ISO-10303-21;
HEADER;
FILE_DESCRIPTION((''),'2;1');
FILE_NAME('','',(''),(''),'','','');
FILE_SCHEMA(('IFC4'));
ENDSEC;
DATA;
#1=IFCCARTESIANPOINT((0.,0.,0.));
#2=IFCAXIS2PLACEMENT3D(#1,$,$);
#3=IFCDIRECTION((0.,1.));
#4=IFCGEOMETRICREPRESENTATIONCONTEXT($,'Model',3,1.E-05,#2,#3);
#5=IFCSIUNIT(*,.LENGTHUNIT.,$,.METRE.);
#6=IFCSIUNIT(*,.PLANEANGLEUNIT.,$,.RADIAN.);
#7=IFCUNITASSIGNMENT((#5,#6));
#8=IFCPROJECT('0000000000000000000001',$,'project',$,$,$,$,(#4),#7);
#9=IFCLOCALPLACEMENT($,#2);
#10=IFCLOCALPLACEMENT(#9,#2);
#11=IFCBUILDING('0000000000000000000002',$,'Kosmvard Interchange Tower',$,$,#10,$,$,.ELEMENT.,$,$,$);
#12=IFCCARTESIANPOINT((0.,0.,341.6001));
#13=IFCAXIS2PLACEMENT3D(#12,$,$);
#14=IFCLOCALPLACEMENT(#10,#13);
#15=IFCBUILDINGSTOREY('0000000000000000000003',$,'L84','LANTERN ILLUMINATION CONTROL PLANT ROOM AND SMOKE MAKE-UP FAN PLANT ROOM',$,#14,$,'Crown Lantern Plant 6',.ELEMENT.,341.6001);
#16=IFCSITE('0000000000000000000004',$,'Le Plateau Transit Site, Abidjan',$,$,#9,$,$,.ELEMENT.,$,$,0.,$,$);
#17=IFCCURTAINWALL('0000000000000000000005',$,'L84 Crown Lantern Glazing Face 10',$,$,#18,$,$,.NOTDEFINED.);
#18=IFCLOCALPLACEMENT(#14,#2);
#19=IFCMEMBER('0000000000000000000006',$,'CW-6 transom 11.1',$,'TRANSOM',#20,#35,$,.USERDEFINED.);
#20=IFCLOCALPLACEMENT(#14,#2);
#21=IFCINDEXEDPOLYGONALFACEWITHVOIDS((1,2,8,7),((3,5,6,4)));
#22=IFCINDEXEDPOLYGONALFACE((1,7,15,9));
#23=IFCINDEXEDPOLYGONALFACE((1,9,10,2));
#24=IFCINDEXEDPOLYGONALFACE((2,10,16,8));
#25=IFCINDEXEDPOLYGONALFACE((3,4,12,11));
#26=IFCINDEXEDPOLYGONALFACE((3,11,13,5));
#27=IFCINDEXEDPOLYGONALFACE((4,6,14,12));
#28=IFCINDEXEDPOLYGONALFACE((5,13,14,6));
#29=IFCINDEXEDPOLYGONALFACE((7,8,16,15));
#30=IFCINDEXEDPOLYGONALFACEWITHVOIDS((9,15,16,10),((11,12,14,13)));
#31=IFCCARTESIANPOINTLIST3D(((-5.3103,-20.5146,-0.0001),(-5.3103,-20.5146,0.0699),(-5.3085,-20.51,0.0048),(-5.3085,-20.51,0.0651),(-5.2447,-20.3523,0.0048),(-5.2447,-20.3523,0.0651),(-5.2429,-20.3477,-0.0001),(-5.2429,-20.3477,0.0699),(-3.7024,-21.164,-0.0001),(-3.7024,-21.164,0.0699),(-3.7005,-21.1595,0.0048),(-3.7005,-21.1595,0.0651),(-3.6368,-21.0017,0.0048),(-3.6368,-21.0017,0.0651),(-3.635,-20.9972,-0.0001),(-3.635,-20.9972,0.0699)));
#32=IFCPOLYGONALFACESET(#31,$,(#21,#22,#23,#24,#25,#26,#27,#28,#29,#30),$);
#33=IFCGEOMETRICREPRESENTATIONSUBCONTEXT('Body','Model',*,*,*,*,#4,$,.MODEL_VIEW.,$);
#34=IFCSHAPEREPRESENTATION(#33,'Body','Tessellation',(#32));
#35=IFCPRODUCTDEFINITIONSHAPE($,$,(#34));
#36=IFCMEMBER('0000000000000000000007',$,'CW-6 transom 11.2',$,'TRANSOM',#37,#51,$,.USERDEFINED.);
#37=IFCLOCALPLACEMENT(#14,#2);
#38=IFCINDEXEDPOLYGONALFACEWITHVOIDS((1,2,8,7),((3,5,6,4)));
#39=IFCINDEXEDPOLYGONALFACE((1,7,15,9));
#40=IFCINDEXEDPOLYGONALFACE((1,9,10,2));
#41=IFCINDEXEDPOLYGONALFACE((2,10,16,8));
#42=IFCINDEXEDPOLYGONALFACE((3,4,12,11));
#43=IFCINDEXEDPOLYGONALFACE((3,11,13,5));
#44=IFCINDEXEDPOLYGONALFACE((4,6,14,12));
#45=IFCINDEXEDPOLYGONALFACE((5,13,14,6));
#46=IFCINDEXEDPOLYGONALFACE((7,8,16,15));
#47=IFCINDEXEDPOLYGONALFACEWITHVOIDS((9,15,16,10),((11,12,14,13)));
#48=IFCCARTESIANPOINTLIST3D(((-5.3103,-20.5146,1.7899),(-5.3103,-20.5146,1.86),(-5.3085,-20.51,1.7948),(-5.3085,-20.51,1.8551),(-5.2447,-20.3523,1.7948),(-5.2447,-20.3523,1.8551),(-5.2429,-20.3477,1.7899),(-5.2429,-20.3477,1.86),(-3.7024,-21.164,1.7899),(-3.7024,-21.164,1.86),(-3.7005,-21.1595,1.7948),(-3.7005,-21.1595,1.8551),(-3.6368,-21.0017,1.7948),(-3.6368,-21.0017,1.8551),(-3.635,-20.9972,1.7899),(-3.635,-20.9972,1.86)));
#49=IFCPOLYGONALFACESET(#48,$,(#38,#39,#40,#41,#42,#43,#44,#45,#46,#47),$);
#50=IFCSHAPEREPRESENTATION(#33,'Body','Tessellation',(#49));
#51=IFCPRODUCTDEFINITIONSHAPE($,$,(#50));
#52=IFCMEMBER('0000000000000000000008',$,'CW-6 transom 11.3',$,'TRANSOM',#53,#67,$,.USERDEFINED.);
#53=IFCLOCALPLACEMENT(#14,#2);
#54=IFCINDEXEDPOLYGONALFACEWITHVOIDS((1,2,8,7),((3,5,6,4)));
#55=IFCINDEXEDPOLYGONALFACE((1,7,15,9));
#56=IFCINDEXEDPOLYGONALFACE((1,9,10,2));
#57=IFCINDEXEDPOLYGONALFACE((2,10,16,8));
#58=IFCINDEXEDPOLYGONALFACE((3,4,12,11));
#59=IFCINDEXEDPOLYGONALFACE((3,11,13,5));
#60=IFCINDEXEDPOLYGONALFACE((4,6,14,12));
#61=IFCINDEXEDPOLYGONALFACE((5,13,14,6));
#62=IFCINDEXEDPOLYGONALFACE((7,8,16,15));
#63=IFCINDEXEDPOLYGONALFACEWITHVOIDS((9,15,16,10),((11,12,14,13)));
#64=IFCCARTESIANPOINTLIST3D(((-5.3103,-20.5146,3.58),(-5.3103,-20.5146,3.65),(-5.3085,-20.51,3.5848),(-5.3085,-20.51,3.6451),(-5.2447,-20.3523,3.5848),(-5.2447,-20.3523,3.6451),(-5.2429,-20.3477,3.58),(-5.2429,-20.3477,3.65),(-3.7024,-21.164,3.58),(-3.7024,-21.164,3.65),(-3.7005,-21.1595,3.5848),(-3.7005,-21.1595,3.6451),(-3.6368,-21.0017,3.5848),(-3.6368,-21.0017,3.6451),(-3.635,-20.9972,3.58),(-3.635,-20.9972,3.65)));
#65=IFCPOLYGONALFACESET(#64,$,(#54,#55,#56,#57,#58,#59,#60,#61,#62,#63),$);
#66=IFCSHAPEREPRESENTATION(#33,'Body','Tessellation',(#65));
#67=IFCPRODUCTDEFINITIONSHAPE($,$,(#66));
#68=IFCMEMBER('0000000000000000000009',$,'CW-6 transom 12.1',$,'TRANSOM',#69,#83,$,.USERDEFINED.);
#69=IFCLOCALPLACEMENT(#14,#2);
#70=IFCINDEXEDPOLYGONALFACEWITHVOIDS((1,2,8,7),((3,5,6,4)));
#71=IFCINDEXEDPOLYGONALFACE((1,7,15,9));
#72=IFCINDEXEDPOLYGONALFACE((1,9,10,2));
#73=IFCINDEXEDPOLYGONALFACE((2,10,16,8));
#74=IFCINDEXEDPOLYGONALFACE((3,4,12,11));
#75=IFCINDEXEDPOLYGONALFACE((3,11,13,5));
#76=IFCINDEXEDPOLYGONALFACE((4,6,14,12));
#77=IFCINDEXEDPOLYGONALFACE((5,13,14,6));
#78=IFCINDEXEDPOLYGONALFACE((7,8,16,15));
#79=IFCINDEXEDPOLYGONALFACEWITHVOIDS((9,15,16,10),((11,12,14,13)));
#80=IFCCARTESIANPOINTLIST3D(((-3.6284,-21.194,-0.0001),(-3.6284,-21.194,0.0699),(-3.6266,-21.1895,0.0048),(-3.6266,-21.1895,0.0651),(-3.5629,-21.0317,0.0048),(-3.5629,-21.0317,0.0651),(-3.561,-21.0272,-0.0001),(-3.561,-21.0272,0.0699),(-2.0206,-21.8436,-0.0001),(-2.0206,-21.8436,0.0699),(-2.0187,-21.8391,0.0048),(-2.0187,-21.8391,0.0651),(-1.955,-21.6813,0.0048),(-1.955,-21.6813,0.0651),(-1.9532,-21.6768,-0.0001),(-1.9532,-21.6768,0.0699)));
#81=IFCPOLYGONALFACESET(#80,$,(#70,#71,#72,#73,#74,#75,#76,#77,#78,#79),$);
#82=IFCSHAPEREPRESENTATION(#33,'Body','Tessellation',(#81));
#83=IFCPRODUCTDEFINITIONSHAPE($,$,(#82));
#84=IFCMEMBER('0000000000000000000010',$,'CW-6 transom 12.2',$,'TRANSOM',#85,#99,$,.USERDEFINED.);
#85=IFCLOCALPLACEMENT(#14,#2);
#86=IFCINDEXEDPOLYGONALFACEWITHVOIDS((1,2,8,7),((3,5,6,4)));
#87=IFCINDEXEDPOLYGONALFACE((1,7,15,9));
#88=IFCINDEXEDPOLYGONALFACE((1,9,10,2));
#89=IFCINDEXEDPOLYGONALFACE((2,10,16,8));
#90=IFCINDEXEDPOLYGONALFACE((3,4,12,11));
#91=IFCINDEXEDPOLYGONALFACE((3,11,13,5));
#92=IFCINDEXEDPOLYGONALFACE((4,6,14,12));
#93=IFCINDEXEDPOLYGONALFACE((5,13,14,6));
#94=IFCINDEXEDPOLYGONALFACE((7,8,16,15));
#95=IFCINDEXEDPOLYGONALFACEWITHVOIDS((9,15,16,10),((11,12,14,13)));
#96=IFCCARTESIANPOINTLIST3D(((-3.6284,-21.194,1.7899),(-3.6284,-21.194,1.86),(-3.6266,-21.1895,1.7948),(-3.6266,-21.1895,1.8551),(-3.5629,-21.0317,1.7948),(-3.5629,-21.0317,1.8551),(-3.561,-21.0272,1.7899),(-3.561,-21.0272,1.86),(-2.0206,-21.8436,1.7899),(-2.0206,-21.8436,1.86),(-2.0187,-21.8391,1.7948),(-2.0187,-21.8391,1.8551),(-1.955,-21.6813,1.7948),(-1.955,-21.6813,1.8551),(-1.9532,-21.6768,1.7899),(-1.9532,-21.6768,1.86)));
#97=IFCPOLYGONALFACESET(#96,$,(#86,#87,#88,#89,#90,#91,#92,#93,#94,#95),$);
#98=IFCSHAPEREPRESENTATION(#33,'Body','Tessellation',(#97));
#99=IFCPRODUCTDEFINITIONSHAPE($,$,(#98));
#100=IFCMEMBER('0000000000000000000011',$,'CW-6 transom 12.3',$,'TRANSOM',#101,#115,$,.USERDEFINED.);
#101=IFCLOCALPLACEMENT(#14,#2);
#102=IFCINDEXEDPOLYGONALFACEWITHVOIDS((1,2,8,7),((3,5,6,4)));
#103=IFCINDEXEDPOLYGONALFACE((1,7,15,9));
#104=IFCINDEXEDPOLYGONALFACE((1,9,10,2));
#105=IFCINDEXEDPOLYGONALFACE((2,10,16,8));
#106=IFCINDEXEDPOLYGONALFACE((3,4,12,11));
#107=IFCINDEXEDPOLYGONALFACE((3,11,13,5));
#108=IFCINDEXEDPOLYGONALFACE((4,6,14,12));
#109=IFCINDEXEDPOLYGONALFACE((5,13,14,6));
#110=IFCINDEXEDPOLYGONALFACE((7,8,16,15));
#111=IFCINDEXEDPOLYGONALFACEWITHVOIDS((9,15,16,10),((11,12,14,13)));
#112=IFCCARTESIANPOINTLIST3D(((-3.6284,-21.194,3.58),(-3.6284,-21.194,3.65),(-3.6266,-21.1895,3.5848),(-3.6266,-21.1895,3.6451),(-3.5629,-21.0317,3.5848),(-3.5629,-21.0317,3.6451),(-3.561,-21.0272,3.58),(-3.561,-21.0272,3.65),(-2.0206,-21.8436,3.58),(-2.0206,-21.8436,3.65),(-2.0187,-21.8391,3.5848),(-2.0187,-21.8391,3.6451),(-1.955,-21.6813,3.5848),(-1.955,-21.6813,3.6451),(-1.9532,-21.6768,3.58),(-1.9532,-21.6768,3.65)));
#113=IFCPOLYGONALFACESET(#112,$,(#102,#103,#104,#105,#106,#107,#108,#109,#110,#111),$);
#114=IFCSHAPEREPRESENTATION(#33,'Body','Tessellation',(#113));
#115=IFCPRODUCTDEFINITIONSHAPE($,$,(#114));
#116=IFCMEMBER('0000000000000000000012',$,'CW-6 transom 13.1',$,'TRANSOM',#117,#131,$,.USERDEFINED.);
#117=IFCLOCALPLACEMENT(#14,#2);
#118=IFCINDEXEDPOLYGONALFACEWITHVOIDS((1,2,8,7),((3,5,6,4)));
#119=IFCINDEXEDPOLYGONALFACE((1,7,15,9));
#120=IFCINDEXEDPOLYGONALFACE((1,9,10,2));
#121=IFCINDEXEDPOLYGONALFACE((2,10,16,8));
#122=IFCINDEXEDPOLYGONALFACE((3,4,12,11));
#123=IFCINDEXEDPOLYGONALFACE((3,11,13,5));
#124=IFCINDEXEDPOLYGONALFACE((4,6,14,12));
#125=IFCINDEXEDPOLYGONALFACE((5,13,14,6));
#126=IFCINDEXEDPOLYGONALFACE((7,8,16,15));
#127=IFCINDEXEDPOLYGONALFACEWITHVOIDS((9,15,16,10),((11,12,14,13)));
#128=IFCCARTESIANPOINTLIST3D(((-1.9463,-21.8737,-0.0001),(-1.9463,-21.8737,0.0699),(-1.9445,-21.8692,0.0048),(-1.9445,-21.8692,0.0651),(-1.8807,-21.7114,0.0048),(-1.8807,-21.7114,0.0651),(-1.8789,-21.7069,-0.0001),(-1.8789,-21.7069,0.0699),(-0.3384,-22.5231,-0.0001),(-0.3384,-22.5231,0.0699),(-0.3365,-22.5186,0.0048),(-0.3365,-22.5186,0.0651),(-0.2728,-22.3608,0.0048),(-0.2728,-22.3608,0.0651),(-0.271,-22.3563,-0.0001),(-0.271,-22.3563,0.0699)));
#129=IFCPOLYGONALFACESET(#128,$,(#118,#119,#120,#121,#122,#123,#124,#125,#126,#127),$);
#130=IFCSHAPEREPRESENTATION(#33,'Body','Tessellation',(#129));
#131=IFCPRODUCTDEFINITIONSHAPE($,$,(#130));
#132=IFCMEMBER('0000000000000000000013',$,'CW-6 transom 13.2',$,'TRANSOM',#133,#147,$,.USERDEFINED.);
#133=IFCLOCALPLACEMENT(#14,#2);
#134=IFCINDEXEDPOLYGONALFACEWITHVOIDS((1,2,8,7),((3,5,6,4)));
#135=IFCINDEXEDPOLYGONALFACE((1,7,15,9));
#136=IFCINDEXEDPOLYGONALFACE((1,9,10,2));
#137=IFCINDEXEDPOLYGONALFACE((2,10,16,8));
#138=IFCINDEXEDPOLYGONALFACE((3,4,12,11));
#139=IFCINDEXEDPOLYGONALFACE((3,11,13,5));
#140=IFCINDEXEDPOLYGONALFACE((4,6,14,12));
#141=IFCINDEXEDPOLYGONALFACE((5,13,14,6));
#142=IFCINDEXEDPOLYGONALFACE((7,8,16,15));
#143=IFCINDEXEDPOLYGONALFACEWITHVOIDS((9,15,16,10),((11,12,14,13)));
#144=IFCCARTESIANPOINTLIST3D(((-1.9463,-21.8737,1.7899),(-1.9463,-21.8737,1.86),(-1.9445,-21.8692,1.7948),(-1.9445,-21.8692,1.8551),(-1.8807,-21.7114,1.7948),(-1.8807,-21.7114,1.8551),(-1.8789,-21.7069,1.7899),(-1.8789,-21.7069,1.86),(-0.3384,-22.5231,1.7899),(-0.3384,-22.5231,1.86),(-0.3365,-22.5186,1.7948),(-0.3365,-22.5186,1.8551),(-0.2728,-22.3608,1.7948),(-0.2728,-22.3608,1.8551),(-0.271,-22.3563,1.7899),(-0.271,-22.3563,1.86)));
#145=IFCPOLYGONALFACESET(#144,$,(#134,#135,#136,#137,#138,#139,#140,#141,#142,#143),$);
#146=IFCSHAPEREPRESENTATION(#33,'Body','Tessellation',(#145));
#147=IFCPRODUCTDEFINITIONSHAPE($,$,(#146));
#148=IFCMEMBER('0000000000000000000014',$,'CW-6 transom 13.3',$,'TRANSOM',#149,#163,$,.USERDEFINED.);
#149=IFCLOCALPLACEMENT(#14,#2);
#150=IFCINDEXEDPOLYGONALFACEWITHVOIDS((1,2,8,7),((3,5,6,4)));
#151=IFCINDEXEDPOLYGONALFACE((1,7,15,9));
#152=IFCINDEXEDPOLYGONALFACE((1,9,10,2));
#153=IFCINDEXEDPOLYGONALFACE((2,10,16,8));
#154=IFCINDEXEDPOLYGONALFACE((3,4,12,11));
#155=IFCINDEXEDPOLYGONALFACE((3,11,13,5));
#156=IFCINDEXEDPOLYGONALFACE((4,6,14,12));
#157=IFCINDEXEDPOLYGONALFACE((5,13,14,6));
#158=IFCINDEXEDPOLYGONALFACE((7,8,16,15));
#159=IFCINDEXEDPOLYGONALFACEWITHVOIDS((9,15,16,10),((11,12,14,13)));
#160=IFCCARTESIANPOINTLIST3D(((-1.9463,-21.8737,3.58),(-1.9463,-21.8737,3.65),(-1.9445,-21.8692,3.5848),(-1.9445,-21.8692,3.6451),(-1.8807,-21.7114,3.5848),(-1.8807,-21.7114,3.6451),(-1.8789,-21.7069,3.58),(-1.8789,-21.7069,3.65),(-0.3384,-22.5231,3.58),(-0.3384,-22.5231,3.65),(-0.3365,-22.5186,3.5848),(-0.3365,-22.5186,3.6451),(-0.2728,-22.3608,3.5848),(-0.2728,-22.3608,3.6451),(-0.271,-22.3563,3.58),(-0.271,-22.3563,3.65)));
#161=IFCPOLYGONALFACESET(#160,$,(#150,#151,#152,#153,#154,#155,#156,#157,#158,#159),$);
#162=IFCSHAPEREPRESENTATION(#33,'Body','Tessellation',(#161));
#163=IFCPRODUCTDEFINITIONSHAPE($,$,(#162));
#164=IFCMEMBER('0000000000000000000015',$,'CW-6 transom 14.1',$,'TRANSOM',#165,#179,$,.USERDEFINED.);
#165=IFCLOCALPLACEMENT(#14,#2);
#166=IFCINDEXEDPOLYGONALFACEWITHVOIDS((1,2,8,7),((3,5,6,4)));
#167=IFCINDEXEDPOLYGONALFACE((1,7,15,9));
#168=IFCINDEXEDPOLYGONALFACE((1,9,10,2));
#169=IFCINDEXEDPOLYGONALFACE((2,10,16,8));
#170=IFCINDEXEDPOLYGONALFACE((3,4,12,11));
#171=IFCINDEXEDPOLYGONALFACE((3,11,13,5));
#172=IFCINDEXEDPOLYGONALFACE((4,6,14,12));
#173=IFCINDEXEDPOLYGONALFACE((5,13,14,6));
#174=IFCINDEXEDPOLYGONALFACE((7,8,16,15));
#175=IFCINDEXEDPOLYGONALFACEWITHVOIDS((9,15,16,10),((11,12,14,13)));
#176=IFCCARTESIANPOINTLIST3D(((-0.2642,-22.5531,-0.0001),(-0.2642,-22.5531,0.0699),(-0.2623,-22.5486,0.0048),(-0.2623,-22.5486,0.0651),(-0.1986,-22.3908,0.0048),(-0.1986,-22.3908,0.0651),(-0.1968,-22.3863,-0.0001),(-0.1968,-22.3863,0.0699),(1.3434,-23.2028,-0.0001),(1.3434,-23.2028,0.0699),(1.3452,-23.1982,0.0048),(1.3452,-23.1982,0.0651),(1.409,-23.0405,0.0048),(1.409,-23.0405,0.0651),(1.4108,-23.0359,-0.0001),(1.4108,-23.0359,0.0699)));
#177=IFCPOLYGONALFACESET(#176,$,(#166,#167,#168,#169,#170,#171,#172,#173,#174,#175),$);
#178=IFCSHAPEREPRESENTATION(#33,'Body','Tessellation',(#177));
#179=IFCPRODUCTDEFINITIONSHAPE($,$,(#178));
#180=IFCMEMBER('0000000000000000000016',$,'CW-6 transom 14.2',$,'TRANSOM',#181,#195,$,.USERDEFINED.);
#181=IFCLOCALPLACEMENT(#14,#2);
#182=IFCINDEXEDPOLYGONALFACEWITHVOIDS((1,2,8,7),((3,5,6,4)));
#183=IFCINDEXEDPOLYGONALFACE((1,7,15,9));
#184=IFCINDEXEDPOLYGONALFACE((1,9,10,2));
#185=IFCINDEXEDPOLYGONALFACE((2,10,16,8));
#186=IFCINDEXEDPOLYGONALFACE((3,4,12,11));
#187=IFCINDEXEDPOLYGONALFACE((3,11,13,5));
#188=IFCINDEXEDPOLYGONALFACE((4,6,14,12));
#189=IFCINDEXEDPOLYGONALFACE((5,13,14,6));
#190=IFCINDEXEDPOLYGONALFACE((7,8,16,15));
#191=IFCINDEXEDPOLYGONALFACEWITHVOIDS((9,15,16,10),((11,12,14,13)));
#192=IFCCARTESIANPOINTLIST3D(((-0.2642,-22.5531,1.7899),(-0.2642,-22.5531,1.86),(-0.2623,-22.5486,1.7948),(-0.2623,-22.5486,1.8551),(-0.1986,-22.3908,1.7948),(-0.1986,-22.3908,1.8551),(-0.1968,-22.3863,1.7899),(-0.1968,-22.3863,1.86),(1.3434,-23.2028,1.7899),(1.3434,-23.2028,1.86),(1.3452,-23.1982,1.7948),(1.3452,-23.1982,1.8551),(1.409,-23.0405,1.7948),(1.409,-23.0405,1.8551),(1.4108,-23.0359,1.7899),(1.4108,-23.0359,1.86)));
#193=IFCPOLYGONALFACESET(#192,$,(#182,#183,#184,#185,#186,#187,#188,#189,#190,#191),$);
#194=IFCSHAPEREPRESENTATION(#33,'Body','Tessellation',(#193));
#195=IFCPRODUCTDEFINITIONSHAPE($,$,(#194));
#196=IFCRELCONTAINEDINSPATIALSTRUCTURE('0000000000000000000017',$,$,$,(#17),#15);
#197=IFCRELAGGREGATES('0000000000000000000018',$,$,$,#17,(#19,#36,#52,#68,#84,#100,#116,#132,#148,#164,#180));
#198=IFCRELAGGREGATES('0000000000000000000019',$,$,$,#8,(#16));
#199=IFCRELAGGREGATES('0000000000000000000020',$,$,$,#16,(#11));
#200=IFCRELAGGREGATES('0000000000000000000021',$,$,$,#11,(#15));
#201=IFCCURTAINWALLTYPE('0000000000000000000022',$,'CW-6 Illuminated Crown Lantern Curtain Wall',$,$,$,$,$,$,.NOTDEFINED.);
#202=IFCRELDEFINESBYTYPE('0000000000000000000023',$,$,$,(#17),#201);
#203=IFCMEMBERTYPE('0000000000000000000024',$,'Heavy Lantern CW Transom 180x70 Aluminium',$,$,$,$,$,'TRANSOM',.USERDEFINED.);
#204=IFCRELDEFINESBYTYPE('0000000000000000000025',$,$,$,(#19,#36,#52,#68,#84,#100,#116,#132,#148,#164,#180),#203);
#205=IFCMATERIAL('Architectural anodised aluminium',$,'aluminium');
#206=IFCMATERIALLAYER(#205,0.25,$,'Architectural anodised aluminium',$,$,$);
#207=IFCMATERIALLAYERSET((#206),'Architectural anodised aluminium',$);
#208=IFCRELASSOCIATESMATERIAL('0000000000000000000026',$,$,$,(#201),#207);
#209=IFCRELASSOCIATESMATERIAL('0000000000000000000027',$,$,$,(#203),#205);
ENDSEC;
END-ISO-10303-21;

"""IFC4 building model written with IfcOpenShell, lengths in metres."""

from ifc_helpers import new_model, si_unit, direction, frame, origin, origin_2d, place, context, subcontext, project, spatial, hollow_rectangle, extrude, source, transform, mapped, material, layer, layer_set, material_profile, profile_set, type_object, element, aggregate, save


model = new_model("IFC4")

# Units and contexts
model_context = context("Model", 3, precision=1e-05, world=origin(), true_north=direction((0.0, 1.0)))
body_context = subcontext(model_context, "Body", "Model", "MODEL_VIEW")
ifc_project = project(units=[si_unit("LENGTHUNIT", "METRE"), si_unit("PLANEANGLEUNIT", "RADIAN")], contexts=[model_context])

# Site, building, storey
site_placement = place(None, origin())
site = spatial("IfcSite", under=ifc_project, at=site_placement, Name="Le Plateau Transit Site, Abidjan", CompositionType="ELEMENT", RefElevation=0.0)
building_placement = place(site_placement, origin())
building = spatial("IfcBuilding", under=site, at=building_placement, Name="Kosmvard Interchange Tower", CompositionType="ELEMENT")
storey_placement = place(building_placement, frame((0.0, 0.0, 341.6001)))
storey = spatial("IfcBuildingStorey", under=building, at=storey_placement, Name="L84", Description="LANTERN ILLUMINATION CONTROL PLANT ROOM AND SMOKE MAKE-UP FAN PLANT ROOM", LongName="Crown Lantern Plant 6", CompositionType="ELEMENT", Elevation=341.6001)

# Curtain wall, members
ifc_material_1 = material(Name="Architectural anodised aluminium", Category="aluminium")
ifc_layer_1 = layer(ifc_material_1, 0.25, Name="Architectural anodised aluminium")
ifc_layer_set_1 = layer_set([ifc_layer_1], Name="Architectural anodised aluminium")
curtain_wall_type = type_object("IfcCurtainWallType", Name="CW-6 Illuminated Crown Lantern Curtain Wall", PredefinedType="NOTDEFINED", material=ifc_layer_set_1)
curtain_wall_placement = place(storey_placement, origin())
curtain_wall = element("IfcCurtainWall", 1, at=curtain_wall_placement, inside=storey, type_object=curtain_wall_type, Name="L84 Crown Lantern Glazing Face 10", PredefinedType="NOTDEFINED")
ifc_material_profile_1 = material_profile(ifc_material_1, hollow_rectangle(XDim=0.1799, YDim=0.0701, WallThickness=0.0049, at=origin_2d()), Name="CWT 180x70x5")
ifc_profile_set_1 = profile_set([ifc_material_profile_1], Name="Architectural anodised aluminium")
member_type_1 = type_object("IfcMemberType", Name="Heavy Lantern CW Transom 180x70 Aluminium", ElementType="TRANSOM", PredefinedType="USERDEFINED", material=ifc_profile_set_1)
shared_shape_1 = source(origin(), body_context, "Body", "SweptSolid", [
    extrude(hollow_rectangle(XDim=0.1799, YDim=0.0701, WallThickness=0.0049, at=origin_2d()), origin(), (0.0, 0.0, 1.0), 1.7341),
])
member_1_placement = place(storey_placement, frame((-5.2766, -20.4312, 0.0349), z_axis=(0.927229, -0.374496, 0.0), x_axis=(0.374496, 0.927229, 0.0)))
member_1 = element("IfcMember", 2, at=member_1_placement, type_object=member_type_1, Name="CW-6 transom 11.1", ObjectType="TRANSOM", PredefinedType="USERDEFINED", context=body_context, shape_type="MappedRepresentation", body=[
    mapped(shared_shape_1, transform((0.0, 0.0, 0.0), scale=1.0)),
])
member_2_placement = place(storey_placement, frame((-5.2766, -20.4312, 1.825), z_axis=(0.927229, -0.374496, 0.0), x_axis=(0.374496, 0.927229, 0.0)))
member_2 = element("IfcMember", 3, at=member_2_placement, type_object=member_type_1, Name="CW-6 transom 11.2", ObjectType="TRANSOM", PredefinedType="USERDEFINED", context=body_context, shape_type="MappedRepresentation", body=[
    mapped(shared_shape_1, transform((0.0, 0.0, 0.0), scale=1.0)),
])
member_3_placement = place(storey_placement, frame((-5.2766, -20.4312, 3.615), z_axis=(0.927229, -0.374496, 0.0), x_axis=(0.374496, 0.927229, 0.0)))
member_3 = element("IfcMember", 4, at=member_3_placement, type_object=member_type_1, Name="CW-6 transom 11.3", ObjectType="TRANSOM", PredefinedType="USERDEFINED", context=body_context, shape_type="MappedRepresentation", body=[
    mapped(shared_shape_1, transform((0.0, 0.0, 0.0), scale=1.0)),
])
member_4_placement = place(storey_placement, frame((-3.5947, -21.1106, 0.0349), z_axis=(0.92718, -0.374617, 0.0), x_axis=(0.374617, 0.92718, 0.0)))
member_4 = element("IfcMember", 5, at=member_4_placement, type_object=member_type_1, Name="CW-6 transom 12.1", ObjectType="TRANSOM", PredefinedType="USERDEFINED", context=body_context, shape_type="MappedRepresentation", body=[
    mapped(shared_shape_1, transform((0.0, 0.0, 0.0), scale=1.0)),
])
member_5_placement = place(storey_placement, frame((-3.5947, -21.1106, 1.825), z_axis=(0.92718, -0.374617, 0.0), x_axis=(0.374617, 0.92718, 0.0)))
member_5 = element("IfcMember", 6, at=member_5_placement, type_object=member_type_1, Name="CW-6 transom 12.2", ObjectType="TRANSOM", PredefinedType="USERDEFINED", context=body_context, shape_type="MappedRepresentation", body=[
    mapped(shared_shape_1, transform((0.0, 0.0, 0.0), scale=1.0)),
])
member_6_placement = place(storey_placement, frame((-3.5947, -21.1106, 3.615), z_axis=(0.92718, -0.374617, 0.0), x_axis=(0.374617, 0.92718, 0.0)))
member_6 = element("IfcMember", 7, at=member_6_placement, type_object=member_type_1, Name="CW-6 transom 12.3", ObjectType="TRANSOM", PredefinedType="USERDEFINED", context=body_context, shape_type="MappedRepresentation", body=[
    mapped(shared_shape_1, transform((0.0, 0.0, 0.0), scale=1.0)),
])
member_7_placement = place(storey_placement, frame((-1.9126, -21.7903, 0.0349), z_axis=(0.927229, -0.374496, 0.0), x_axis=(0.374496, 0.927229, 0.0)))
member_7 = element("IfcMember", 8, at=member_7_placement, type_object=member_type_1, Name="CW-6 transom 13.1", ObjectType="TRANSOM", PredefinedType="USERDEFINED", context=body_context, shape_type="MappedRepresentation", body=[
    mapped(shared_shape_1, transform((0.0, 0.0, 0.0), scale=1.0)),
])
member_8_placement = place(storey_placement, frame((-1.9126, -21.7903, 1.825), z_axis=(0.927229, -0.374496, 0.0), x_axis=(0.374496, 0.927229, 0.0)))
member_8 = element("IfcMember", 9, at=member_8_placement, type_object=member_type_1, Name="CW-6 transom 13.2", ObjectType="TRANSOM", PredefinedType="USERDEFINED", context=body_context, shape_type="MappedRepresentation", body=[
    mapped(shared_shape_1, transform((0.0, 0.0, 0.0), scale=1.0)),
])
member_9_placement = place(storey_placement, frame((-1.9126, -21.7903, 3.615), z_axis=(0.927229, -0.374496, 0.0), x_axis=(0.374496, 0.927229, 0.0)))
member_9 = element("IfcMember", 10, at=member_9_placement, type_object=member_type_1, Name="CW-6 transom 13.3", ObjectType="TRANSOM", PredefinedType="USERDEFINED", context=body_context, shape_type="MappedRepresentation", body=[
    mapped(shared_shape_1, transform((0.0, 0.0, 0.0), scale=1.0)),
])
shared_shape_2 = source(origin(), body_context, "Body", "SweptSolid", [
    extrude(hollow_rectangle(XDim=0.1799, YDim=0.0701, WallThickness=0.0049, at=origin_2d()), origin(), (0.0, 0.0, 1.0), 1.7339),
])
member_10_placement = place(storey_placement, frame((-0.2305, -22.4697, 0.0349), z_axis=(0.92716, -0.374666, 0.0), x_axis=(0.374666, 0.92716, 0.0)))
member_10 = element("IfcMember", 11, at=member_10_placement, type_object=member_type_1, Name="CW-6 transom 14.1", ObjectType="TRANSOM", PredefinedType="USERDEFINED", context=body_context, shape_type="MappedRepresentation", body=[
    mapped(shared_shape_2, transform((0.0, 0.0, 0.0), scale=1.0)),
])
member_11_placement = place(storey_placement, frame((-0.2305, -22.4697, 1.825), z_axis=(0.92716, -0.374666, 0.0), x_axis=(0.374666, 0.92716, 0.0)))
member_11 = element("IfcMember", 12, at=member_11_placement, type_object=member_type_1, Name="CW-6 transom 14.2", ObjectType="TRANSOM", PredefinedType="USERDEFINED", context=body_context, shape_type="MappedRepresentation", body=[
    mapped(shared_shape_2, transform((0.0, 0.0, 0.0), scale=1.0)),
])
aggregate(curtain_wall, [member_1, member_2, member_3, member_4, member_5, member_6, member_7, member_8, member_9, member_10, member_11])

save(model, "model.ifc")
